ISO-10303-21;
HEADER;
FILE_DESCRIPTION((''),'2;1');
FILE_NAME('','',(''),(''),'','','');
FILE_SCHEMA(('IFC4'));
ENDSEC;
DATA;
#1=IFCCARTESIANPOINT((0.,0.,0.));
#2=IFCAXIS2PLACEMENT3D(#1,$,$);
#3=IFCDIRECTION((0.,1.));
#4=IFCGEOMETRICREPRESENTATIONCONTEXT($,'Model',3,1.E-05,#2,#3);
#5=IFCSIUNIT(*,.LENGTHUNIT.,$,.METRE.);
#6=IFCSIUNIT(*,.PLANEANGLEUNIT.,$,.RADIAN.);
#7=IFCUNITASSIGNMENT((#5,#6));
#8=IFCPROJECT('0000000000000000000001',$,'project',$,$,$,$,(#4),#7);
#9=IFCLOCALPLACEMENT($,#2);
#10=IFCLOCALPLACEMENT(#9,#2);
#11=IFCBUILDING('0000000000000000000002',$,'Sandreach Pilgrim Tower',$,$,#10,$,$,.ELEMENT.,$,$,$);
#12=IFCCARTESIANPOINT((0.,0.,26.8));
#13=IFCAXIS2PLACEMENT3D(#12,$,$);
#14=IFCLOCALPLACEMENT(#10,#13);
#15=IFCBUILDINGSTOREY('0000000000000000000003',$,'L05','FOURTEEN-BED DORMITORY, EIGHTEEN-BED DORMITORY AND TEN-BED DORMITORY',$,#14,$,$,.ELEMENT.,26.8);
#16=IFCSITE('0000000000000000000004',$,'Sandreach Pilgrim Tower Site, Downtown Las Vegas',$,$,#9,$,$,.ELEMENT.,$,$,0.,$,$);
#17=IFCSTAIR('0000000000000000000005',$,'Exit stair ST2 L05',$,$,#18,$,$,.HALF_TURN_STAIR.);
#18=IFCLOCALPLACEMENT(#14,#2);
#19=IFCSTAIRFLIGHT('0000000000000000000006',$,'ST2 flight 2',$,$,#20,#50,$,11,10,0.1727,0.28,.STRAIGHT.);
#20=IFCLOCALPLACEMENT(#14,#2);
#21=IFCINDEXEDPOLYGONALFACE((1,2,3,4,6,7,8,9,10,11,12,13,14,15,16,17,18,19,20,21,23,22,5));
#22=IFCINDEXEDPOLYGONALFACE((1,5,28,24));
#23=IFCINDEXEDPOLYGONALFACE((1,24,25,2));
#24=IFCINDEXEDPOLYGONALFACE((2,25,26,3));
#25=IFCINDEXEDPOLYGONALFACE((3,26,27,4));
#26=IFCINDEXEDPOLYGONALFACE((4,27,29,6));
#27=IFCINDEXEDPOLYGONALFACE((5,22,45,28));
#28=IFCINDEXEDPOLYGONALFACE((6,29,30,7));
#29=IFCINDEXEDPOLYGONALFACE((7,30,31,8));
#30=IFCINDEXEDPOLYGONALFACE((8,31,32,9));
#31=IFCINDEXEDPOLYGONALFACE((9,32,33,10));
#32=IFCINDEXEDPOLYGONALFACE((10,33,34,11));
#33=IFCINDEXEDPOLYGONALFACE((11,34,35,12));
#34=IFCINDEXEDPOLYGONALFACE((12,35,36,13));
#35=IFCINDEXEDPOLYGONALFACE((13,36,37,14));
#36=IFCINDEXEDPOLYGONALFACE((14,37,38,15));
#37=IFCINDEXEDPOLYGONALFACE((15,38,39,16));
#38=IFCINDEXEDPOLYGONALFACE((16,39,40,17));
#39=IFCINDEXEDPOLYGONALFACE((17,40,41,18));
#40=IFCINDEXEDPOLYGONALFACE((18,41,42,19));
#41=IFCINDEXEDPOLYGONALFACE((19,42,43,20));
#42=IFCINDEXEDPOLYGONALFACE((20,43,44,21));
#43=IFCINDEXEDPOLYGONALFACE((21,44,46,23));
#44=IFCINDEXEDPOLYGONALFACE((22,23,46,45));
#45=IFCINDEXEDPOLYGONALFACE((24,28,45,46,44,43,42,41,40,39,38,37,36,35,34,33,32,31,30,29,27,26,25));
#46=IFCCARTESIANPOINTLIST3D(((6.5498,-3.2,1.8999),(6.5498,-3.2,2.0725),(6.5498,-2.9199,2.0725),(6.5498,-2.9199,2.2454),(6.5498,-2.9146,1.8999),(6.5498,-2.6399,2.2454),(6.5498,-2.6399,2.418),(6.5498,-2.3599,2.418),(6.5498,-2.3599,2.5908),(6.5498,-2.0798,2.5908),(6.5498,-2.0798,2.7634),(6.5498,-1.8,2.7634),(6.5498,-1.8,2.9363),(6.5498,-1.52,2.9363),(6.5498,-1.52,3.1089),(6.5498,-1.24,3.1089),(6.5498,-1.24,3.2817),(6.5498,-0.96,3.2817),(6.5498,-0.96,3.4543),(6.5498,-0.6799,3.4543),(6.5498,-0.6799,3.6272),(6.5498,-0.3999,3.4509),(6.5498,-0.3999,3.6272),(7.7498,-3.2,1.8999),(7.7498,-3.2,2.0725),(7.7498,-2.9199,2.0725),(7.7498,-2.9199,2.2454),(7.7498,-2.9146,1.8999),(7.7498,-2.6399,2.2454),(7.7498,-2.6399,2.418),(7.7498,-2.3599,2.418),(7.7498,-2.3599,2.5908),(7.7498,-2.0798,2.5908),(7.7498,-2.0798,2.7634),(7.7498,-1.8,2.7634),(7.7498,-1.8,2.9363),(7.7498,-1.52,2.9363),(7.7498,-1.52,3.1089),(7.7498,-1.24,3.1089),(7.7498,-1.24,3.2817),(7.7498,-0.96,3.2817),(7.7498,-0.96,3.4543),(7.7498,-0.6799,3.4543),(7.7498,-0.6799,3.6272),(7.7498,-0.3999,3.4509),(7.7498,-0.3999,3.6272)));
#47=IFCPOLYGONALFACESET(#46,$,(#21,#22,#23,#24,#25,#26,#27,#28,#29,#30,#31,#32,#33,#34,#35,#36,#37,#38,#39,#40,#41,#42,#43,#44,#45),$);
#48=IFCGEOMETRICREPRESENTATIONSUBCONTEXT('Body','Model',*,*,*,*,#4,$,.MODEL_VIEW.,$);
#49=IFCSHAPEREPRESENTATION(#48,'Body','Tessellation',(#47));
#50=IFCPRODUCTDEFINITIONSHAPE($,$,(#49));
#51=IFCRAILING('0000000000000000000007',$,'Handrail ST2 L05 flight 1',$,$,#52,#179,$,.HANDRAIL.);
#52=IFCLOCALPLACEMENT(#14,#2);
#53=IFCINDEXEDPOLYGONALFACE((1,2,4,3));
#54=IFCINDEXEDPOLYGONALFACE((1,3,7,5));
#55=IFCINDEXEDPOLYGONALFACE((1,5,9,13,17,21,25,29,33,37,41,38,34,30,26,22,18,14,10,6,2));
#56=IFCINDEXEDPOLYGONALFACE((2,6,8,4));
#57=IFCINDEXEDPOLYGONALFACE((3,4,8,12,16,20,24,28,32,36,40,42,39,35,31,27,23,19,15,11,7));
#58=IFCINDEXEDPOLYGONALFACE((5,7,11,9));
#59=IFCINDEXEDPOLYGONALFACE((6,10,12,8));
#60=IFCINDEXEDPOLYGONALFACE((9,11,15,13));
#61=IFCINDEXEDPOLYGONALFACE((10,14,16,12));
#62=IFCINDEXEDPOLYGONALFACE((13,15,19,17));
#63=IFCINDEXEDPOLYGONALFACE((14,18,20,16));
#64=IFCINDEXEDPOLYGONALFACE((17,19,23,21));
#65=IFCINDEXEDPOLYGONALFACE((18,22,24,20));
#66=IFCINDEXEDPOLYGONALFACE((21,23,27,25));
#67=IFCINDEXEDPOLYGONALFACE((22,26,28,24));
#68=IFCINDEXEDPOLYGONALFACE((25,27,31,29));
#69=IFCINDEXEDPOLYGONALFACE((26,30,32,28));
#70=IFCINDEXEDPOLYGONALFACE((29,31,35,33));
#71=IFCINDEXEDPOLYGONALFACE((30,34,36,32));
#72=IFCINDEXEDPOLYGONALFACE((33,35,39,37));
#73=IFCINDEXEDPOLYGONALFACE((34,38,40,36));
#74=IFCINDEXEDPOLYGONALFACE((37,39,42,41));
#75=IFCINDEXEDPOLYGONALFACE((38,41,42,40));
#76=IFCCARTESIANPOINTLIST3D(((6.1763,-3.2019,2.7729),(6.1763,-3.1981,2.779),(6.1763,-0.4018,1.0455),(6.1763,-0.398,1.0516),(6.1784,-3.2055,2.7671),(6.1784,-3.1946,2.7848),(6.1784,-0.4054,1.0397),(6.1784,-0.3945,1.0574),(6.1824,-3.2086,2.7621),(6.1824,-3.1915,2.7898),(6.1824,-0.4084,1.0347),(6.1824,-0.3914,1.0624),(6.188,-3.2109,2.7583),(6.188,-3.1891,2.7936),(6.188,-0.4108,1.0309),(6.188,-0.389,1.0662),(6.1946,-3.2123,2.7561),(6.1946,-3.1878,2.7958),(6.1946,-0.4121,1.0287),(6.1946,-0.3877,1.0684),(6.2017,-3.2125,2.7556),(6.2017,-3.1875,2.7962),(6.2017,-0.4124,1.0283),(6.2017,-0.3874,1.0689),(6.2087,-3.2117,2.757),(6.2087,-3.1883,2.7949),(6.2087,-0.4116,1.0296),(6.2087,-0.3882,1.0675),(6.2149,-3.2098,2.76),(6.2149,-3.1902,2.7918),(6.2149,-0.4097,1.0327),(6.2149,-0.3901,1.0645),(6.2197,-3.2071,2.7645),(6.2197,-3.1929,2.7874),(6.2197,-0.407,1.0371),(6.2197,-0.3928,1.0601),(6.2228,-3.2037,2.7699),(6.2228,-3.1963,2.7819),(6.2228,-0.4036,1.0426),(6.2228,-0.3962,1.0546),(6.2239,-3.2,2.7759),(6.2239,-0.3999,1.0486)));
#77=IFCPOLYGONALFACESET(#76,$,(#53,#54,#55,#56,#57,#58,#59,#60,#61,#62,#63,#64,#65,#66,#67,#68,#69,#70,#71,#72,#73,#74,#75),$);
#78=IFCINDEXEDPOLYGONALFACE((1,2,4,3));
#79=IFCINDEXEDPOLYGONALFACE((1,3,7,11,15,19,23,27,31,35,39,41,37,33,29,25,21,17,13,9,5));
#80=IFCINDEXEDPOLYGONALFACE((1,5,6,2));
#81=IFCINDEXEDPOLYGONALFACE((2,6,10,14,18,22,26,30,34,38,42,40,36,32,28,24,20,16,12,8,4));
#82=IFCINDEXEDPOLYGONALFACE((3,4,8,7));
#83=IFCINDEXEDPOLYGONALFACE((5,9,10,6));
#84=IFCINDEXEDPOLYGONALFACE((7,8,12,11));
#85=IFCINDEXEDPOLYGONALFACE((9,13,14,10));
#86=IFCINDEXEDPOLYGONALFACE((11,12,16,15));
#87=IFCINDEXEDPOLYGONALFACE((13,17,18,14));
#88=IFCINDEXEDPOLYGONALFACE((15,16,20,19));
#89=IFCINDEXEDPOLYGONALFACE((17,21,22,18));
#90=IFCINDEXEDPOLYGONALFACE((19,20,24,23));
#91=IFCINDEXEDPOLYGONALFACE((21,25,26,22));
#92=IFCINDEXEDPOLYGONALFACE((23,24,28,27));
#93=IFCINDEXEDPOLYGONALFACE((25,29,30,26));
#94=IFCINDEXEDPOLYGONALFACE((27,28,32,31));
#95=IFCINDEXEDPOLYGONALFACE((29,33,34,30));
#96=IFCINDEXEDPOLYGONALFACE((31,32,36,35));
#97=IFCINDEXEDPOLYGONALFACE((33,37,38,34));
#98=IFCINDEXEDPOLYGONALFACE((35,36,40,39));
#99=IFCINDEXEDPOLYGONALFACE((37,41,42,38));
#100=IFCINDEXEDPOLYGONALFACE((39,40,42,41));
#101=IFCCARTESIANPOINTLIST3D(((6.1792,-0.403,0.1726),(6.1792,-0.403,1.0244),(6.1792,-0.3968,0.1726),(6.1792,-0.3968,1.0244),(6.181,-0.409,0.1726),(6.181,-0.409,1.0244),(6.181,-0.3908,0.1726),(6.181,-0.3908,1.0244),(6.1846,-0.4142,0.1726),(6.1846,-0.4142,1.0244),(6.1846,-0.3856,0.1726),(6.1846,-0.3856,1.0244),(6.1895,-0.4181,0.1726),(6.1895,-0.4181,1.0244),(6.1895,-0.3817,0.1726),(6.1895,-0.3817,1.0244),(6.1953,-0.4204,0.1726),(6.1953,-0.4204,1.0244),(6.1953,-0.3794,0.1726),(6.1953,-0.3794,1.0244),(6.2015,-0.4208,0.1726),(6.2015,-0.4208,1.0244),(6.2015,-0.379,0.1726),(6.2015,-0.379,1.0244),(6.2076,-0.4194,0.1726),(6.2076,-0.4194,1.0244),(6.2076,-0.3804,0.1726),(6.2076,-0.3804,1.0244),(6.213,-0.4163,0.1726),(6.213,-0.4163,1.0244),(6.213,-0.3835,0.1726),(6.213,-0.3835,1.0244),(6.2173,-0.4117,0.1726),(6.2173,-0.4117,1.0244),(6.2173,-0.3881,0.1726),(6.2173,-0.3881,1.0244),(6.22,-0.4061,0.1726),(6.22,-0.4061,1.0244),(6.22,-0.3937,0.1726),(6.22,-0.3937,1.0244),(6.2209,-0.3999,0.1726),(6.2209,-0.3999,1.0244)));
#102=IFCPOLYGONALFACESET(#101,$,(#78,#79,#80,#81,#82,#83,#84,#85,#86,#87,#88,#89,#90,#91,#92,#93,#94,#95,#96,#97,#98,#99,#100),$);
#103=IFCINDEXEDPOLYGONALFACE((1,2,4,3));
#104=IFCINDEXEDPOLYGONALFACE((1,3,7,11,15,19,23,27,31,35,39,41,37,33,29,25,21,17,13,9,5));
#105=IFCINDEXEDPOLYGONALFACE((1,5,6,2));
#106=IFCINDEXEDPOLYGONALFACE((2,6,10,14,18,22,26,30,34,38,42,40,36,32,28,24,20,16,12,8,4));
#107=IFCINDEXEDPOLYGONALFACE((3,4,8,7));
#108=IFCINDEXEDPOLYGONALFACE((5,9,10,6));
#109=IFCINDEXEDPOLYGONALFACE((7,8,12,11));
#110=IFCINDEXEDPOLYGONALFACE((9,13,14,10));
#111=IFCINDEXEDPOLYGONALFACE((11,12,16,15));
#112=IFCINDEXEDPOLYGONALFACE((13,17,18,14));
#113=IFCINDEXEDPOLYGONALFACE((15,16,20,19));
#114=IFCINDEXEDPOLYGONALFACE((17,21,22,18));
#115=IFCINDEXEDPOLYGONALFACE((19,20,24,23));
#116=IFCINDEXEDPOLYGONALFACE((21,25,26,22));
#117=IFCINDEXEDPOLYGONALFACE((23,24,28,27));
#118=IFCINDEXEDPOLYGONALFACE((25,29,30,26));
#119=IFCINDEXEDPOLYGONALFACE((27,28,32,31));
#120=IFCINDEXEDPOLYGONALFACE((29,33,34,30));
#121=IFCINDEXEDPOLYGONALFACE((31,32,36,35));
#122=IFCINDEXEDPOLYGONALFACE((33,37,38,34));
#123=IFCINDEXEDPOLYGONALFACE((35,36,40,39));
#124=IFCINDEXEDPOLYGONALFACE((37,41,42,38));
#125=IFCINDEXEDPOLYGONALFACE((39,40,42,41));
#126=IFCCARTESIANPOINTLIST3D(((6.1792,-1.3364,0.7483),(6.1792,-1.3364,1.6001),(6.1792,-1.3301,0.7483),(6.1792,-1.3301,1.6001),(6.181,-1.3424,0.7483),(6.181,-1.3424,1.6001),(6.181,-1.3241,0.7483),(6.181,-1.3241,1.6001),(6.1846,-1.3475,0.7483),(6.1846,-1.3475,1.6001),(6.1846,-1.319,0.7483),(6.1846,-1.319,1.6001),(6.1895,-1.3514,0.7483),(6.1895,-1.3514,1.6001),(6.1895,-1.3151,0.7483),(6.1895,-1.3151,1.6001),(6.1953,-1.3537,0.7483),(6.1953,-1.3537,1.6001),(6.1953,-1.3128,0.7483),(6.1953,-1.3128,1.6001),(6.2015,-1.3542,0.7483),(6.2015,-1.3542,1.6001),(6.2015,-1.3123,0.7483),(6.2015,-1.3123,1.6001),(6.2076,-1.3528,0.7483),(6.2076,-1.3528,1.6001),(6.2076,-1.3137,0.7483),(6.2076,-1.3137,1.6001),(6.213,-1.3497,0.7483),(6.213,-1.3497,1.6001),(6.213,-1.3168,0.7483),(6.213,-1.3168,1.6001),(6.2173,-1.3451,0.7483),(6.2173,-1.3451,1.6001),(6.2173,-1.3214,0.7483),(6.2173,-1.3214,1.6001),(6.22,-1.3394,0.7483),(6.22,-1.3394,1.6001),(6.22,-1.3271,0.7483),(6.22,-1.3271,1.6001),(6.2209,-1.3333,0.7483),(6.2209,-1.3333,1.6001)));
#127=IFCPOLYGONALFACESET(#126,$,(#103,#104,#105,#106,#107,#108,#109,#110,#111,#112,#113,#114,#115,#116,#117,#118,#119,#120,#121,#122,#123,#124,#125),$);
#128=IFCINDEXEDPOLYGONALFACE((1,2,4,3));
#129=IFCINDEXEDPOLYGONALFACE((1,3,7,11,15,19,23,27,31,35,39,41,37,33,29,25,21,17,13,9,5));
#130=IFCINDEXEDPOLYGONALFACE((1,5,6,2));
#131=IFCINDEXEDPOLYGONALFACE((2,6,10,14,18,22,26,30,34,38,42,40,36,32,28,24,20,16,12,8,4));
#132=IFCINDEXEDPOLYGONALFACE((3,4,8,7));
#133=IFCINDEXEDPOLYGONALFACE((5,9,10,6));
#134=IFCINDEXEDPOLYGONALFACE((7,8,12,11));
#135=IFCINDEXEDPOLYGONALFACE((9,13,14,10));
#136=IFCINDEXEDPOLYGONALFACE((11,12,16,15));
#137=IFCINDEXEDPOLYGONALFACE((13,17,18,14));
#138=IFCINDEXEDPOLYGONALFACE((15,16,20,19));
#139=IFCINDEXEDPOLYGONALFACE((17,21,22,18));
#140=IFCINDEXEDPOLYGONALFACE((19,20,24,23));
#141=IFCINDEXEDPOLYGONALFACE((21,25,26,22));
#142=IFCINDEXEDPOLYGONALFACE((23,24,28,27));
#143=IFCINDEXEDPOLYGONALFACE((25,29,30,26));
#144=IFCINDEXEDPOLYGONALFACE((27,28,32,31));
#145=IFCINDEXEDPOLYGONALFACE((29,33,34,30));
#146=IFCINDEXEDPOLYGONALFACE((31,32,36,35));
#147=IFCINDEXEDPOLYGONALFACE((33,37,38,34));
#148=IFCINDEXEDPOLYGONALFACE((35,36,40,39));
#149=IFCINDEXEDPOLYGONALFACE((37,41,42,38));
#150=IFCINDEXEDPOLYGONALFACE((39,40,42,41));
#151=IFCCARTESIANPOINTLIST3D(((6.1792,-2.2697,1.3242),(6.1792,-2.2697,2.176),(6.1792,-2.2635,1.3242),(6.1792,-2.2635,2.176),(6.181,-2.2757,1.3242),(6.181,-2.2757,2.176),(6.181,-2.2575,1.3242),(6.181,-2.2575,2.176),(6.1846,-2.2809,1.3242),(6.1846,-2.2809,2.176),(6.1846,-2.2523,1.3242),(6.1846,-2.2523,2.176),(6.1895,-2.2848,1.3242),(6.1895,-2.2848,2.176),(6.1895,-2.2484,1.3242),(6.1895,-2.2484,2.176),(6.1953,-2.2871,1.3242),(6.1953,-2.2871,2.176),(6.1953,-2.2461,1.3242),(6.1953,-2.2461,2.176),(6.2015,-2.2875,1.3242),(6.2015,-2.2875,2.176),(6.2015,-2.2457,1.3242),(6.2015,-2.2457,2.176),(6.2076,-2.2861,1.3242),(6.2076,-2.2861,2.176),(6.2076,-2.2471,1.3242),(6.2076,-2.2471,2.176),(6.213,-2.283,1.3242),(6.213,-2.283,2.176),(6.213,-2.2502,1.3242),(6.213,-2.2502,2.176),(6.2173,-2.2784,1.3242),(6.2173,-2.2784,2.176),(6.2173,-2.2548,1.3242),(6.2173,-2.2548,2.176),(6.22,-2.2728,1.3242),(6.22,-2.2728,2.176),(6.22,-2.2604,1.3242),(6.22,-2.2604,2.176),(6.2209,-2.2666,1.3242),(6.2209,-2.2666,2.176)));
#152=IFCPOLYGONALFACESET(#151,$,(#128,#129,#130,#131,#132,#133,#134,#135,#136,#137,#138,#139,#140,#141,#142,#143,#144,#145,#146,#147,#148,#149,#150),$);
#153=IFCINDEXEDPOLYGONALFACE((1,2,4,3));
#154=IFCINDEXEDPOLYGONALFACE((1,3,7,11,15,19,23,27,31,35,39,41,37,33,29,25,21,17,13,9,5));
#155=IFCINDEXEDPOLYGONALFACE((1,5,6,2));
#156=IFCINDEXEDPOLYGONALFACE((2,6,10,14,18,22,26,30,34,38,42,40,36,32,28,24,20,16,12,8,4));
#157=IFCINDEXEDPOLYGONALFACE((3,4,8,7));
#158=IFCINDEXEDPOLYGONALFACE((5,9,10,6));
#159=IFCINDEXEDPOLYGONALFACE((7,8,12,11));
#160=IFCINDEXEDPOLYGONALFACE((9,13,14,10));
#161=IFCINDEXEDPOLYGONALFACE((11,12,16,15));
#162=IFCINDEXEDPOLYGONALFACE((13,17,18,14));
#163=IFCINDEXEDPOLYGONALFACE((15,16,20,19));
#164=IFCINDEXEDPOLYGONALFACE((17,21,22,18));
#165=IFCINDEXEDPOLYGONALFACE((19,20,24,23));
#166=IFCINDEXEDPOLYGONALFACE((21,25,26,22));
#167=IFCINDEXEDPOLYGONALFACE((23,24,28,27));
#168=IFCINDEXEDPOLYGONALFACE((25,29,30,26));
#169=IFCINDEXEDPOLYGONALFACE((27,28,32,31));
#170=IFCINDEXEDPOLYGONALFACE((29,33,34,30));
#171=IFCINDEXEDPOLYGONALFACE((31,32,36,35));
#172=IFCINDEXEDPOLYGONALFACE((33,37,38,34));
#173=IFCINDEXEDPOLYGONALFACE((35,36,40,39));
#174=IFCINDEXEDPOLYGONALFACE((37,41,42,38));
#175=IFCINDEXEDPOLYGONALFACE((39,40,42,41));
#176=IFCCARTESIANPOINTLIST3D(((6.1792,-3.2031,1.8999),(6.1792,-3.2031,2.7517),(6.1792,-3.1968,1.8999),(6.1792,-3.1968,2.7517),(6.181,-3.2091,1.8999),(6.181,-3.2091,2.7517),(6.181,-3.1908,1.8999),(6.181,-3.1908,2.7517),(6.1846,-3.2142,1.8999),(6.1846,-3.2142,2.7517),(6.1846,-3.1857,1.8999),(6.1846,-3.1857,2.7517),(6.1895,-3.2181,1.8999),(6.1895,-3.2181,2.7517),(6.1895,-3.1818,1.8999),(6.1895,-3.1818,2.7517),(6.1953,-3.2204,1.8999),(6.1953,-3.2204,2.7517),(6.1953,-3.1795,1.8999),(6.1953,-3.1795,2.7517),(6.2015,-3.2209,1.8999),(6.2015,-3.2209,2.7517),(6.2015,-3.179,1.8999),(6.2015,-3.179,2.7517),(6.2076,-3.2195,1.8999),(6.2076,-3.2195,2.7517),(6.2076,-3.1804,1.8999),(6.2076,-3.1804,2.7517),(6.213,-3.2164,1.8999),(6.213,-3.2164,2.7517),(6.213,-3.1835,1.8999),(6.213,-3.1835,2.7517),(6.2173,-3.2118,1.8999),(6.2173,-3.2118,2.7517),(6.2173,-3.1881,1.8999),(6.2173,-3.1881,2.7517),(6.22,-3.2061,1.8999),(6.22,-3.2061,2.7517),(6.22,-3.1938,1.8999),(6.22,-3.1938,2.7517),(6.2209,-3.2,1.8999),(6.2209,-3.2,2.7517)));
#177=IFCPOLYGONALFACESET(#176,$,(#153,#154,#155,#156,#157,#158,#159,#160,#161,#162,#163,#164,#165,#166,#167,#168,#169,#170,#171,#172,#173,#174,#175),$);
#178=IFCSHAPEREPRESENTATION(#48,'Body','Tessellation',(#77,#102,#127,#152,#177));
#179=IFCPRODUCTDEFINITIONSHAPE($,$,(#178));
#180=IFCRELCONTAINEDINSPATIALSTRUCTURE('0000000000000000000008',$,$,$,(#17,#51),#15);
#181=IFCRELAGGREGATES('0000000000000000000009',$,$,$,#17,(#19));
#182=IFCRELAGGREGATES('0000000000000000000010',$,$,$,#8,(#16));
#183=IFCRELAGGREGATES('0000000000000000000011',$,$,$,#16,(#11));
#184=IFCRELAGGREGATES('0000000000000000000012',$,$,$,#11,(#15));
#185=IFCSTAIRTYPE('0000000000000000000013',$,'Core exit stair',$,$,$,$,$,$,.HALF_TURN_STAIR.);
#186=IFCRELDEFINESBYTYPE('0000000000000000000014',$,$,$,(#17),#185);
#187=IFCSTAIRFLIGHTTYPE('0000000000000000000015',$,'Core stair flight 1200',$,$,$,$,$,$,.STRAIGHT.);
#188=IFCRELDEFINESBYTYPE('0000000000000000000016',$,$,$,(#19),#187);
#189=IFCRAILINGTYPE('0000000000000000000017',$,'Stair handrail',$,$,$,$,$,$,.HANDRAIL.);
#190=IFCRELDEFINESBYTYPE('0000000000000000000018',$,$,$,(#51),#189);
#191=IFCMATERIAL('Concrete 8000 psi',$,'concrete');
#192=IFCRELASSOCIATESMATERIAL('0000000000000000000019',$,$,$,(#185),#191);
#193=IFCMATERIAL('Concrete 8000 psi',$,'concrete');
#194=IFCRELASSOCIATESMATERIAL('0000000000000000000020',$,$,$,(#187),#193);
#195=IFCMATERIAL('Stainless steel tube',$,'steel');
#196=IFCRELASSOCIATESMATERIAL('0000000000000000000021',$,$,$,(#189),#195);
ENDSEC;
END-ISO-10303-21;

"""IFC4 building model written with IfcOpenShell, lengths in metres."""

from ifc_helpers import new_model, si_unit, direction, frame, origin, origin_2d, place, context, subcontext, project, spatial, polyline, circle, outline, extrude, material, type_object, element, aggregate, save


model = new_model("IFC4")

# Units and contexts
model_context = context("Model", 3, precision=1e-05, world=origin(), true_north=direction((0.0, 1.0)))
body_context = subcontext(model_context, "Body", "Model", "MODEL_VIEW")
ifc_project = project(units=[si_unit("LENGTHUNIT", "METRE"), si_unit("PLANEANGLEUNIT", "RADIAN")], contexts=[model_context])

# Site, building, storey
site_placement = place(None, origin())
site = spatial("IfcSite", under=ifc_project, at=site_placement, Name="Sandreach Pilgrim Tower Site, Downtown Las Vegas", CompositionType="ELEMENT", RefElevation=0.0)
building_placement = place(site_placement, origin())
building = spatial("IfcBuilding", under=site, at=building_placement, Name="Sandreach Pilgrim Tower", CompositionType="ELEMENT")
storey_placement = place(building_placement, frame((0.0, 0.0, 26.8)))
storey = spatial("IfcBuildingStorey", under=building, at=storey_placement, Name="L05", Description="FOURTEEN-BED DORMITORY, EIGHTEEN-BED DORMITORY AND TEN-BED DORMITORY", CompositionType="ELEMENT", Elevation=26.8)

# Stair, stair flight
ifc_material_1 = material(Name="Concrete 8000 psi", Category="concrete")
stair_type = type_object("IfcStairType", Name="Core exit stair", PredefinedType="HALF_TURN_STAIR", material=ifc_material_1)
stair_placement = place(storey_placement, origin())
stair = element("IfcStair", 1, at=stair_placement, inside=storey, type_object=stair_type, Name="Exit stair ST2 L05", PredefinedType="HALF_TURN_STAIR")
ifc_material_2 = material(Name="Concrete 8000 psi", Category="concrete")
stair_flight_type = type_object("IfcStairFlightType", Name="Core stair flight 1200", PredefinedType="STRAIGHT", material=ifc_material_2)
stair_flight_placement = place(storey_placement, frame((7.1499, -3.2, 1.8999), z_axis=(0.0, 0.0, 1.0), x_axis=(0.0, 1.0, 0.0)))
stair_flight = element("IfcStairFlight", 2, at=stair_flight_placement, type_object=stair_flight_type, Name="ST2 flight 2", NumberOfRisers=11, NumberOfTreads=10, PredefinedType="STRAIGHT", RiserHeight=0.1727, TreadLength=0.28, context=body_context, shape_type="SweptSolid", body=[
    extrude(outline(polyline([(0.0, 0.0), (0.0, 0.1726), (0.28, 0.1726), (0.28, 0.3455), (0.5601, 0.3455), (0.5601, 0.5181), (0.8401, 0.5181), (0.8401, 0.6909), (1.1201, 0.6909), (1.1201, 0.8635), (1.3999, 0.8635), (1.3999, 1.0364), (1.6799, 1.0364), (1.6799, 1.209), (1.96, 1.209), (1.96, 1.3818), (2.24, 1.3818), (2.24, 1.5544), (2.52, 1.5544), (2.52, 1.7273), (2.8, 1.7273), (2.8, 1.8999), (2.8, 1.551), (0.2854, 0.0), (0.0, 0.0)])), frame((0.0, 0.6001, 0.0), z_axis=(0.0, -1.0, 0.0), x_axis=(1.0, 0.0, 0.0)), (0.0, 0.0, 1.0), 1.2),
])
aggregate(stair, [stair_flight])

# Railing
ifc_material_3 = material(Name="Stainless steel tube", Category="steel")
railing_type = type_object("IfcRailingType", Name="Stair handrail", PredefinedType="HANDRAIL", material=ifc_material_3)
railing_placement = place(storey_placement, frame((6.2, -0.3999, 0.1726)))
element("IfcRailing", 3, at=railing_placement, inside=storey, type_object=railing_type, Name="Handrail ST2 L05 flight 1", PredefinedType="HANDRAIL", context=body_context, shape_type="SweptSolid", body=[
    extrude(circle(Radius=0.0239, at=origin_2d()), frame((0.0, 0.0, 0.876), z_axis=(0.0, -0.85109, 0.52502), x_axis=(1.0, 0.0, 0.0)), (0.0, 0.0, 1.0), 3.29),
    extrude(circle(Radius=0.021, at=origin_2d()), origin(), (0.0, 0.0, 1.0), 0.8518),
    extrude(circle(Radius=0.021, at=origin_2d()), frame((0.0, -0.9333, 0.5757)), (0.0, 0.0, 1.0), 0.8518),
    extrude(circle(Radius=0.021, at=origin_2d()), frame((0.0, -1.8667, 1.1516)), (0.0, 0.0, 1.0), 0.8518),
    extrude(circle(Radius=0.021, at=origin_2d()), frame((0.0, -2.8, 1.7273)), (0.0, 0.0, 1.0), 0.8518),
])

save(model, "model.ifc")
